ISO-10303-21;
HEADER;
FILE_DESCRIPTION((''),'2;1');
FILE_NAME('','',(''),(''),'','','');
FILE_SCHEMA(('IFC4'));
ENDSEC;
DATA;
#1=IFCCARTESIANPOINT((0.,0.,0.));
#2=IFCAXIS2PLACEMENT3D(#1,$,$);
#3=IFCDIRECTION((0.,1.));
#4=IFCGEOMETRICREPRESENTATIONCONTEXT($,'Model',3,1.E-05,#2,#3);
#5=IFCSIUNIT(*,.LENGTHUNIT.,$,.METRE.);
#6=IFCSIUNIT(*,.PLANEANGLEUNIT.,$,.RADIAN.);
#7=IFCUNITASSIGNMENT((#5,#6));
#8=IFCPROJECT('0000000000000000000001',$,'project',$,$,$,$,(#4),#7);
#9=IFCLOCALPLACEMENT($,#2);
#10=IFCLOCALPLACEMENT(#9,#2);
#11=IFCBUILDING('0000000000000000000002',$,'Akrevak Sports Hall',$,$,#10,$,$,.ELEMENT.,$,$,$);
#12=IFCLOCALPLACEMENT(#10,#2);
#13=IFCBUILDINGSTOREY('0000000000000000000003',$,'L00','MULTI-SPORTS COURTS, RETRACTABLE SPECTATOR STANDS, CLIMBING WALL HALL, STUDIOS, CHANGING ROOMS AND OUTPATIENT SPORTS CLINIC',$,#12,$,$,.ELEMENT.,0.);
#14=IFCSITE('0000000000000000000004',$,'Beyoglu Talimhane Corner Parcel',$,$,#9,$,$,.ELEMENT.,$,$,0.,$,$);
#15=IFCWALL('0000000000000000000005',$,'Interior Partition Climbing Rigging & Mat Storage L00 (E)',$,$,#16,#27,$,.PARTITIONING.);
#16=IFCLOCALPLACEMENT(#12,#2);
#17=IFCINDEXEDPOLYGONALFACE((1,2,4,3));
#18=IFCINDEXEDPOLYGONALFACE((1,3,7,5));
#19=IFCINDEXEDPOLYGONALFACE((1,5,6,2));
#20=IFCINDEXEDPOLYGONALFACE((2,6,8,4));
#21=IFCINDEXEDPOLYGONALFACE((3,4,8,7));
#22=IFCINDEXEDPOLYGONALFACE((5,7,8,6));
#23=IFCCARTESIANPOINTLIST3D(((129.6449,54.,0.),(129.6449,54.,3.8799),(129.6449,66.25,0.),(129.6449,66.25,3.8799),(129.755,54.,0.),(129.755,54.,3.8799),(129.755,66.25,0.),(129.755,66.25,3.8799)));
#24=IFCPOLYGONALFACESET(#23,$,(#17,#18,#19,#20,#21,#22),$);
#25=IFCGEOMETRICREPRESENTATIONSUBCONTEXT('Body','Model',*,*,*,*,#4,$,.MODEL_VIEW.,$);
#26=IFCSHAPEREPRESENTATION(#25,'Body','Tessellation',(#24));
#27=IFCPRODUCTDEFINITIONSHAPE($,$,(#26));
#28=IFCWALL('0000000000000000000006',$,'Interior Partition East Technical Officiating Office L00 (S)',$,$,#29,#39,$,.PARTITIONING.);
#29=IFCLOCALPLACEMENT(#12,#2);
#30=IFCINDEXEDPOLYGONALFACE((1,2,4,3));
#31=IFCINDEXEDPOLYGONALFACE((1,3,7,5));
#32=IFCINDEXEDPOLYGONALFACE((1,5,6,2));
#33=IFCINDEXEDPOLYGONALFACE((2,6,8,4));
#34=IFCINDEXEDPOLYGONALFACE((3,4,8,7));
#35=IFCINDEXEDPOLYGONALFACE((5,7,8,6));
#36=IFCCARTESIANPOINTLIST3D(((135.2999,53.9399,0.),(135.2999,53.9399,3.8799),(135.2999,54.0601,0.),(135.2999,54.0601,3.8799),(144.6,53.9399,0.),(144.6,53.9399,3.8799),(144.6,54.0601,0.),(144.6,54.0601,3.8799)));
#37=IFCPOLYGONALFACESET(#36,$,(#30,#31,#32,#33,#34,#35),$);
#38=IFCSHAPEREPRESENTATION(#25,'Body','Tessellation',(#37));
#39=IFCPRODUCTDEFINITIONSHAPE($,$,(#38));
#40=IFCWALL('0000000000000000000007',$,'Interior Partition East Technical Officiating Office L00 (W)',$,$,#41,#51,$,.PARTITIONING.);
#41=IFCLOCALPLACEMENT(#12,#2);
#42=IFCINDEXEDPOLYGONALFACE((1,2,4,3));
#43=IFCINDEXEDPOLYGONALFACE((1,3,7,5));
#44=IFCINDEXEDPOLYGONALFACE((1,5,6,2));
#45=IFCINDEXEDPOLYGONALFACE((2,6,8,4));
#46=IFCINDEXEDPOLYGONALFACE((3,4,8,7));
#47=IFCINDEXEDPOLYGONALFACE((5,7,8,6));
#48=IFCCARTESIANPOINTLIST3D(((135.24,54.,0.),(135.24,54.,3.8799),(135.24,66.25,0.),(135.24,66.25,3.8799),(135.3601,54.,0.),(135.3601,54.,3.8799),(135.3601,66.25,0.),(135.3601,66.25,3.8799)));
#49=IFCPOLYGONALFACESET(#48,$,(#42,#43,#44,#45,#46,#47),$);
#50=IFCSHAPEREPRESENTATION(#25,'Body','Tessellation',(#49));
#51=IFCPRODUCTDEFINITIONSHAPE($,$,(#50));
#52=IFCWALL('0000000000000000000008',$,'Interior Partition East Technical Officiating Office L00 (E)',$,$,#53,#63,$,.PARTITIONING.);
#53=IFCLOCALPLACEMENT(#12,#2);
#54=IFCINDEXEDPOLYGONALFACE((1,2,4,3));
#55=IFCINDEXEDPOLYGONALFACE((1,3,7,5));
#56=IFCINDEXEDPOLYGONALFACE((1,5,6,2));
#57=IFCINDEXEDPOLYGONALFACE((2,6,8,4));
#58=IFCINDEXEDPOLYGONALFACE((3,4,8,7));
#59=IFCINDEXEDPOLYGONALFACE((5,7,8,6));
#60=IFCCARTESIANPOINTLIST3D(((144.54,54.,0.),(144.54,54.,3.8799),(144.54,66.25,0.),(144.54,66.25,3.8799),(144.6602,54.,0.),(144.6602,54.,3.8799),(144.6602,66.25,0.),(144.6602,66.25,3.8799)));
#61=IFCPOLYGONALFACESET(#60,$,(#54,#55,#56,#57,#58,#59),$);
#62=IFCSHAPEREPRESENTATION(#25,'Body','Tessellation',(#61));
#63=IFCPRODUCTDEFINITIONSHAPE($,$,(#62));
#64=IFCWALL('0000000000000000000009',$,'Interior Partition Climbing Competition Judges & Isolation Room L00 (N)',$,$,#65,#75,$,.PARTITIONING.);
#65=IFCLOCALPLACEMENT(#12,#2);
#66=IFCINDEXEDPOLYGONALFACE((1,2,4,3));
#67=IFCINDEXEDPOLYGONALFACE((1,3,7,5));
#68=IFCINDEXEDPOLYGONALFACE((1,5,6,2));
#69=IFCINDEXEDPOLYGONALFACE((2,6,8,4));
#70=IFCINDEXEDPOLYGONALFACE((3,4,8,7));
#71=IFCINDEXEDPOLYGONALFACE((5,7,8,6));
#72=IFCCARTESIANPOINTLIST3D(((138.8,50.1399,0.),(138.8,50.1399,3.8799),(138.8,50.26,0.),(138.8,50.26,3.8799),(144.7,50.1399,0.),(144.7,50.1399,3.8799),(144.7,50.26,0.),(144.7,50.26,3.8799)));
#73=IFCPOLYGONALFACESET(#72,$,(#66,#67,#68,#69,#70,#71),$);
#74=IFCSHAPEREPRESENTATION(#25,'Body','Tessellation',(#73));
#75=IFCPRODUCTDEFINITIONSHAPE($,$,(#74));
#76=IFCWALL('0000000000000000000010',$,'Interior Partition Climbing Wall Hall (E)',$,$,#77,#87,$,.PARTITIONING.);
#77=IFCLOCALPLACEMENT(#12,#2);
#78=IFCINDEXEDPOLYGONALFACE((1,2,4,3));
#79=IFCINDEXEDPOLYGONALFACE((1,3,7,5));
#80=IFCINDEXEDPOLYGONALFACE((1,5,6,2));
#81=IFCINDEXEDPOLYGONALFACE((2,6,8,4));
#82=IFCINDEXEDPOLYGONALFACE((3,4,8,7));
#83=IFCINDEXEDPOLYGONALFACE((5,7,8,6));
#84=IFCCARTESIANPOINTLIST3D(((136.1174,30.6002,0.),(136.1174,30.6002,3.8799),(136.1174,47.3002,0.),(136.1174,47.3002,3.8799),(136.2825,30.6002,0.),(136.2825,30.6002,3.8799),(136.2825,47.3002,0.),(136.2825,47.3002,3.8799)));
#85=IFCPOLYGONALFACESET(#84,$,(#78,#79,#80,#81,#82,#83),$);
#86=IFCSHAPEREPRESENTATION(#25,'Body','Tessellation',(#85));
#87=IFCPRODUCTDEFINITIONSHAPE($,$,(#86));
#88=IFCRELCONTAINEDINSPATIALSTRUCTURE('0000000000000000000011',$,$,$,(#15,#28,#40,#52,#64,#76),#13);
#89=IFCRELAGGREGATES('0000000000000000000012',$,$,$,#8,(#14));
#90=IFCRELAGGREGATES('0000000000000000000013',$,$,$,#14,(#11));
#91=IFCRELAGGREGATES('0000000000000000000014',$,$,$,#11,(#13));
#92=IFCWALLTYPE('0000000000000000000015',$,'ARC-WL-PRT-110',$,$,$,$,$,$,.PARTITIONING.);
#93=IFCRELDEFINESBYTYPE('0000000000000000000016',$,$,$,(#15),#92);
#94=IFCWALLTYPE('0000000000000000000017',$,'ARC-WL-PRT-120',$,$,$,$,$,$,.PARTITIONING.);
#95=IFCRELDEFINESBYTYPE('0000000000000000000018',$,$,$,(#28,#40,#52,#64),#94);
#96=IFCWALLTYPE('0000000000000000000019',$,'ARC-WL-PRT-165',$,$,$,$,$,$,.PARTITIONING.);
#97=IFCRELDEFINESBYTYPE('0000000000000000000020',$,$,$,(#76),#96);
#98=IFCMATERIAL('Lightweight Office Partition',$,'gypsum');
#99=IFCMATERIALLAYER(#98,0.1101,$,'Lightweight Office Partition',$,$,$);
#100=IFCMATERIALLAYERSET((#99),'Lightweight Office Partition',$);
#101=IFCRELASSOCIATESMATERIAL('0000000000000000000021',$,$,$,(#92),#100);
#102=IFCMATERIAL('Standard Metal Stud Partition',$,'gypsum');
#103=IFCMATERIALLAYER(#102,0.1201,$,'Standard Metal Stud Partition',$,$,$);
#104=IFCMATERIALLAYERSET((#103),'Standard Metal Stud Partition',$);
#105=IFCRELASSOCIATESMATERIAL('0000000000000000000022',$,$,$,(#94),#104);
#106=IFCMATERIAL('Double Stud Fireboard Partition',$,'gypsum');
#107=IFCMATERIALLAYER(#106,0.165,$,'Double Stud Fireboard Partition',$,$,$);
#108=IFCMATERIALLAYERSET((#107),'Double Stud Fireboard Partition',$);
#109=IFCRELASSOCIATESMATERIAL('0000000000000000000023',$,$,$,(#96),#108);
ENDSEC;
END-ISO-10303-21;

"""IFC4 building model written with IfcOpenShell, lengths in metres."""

from ifc_helpers import new_model, si_unit, direction, frame, frame_2d, origin, place, context, subcontext, project, spatial, rectangle, extrude, material, layer, layer_set, type_object, element, save


model = new_model("IFC4")

# Units and contexts
model_context = context("Model", 3, precision=1e-05, world=origin(), true_north=direction((0.0, 1.0)))
body_context = subcontext(model_context, "Body", "Model", "MODEL_VIEW")
ifc_project = project(units=[si_unit("LENGTHUNIT", "METRE"), si_unit("PLANEANGLEUNIT", "RADIAN")], contexts=[model_context])

# Site, building, storey
site_placement = place(None, origin())
site = spatial("IfcSite", under=ifc_project, at=site_placement, Name="Beyoglu Talimhane Corner Parcel", CompositionType="ELEMENT", RefElevation=0.0)
building_placement = place(site_placement, origin())
building = spatial("IfcBuilding", under=site, at=building_placement, Name="Akrevak Sports Hall", CompositionType="ELEMENT")
storey_placement = place(building_placement, origin())
storey = spatial("IfcBuildingStorey", under=building, at=storey_placement, Name="L00", Description="MULTI-SPORTS COURTS, RETRACTABLE SPECTATOR STANDS, CLIMBING WALL HALL, STUDIOS, CHANGING ROOMS AND OUTPATIENT SPORTS CLINIC", CompositionType="ELEMENT", Elevation=0.0)

# Walls
ifc_material_1 = material(Name="Lightweight Office Partition", Category="gypsum")
ifc_layer_1 = layer(ifc_material_1, 0.1101, Name="Lightweight Office Partition")
ifc_layer_set_1 = layer_set([ifc_layer_1], Name="Lightweight Office Partition")
wall_type_1 = type_object("IfcWallType", Name="ARC-WL-PRT-110", PredefinedType="PARTITIONING", material=ifc_layer_set_1)
for number, where, z_axis, x_axis, name in (
    (1, (129.7, 54.0, 0.0), (0.0, 0.0, 1.0), (0.0, 1.0, 0.0), "Interior Partition Climbing Rigging & Mat Storage L00 (E)"),
):
    element("IfcWall", number, at=place(storey_placement, frame(where, z_axis=z_axis, x_axis=x_axis)), inside=storey, type_object=wall_type_1, Name=name, PredefinedType="PARTITIONING", context=body_context, shape_type="SweptSolid", body=[
        extrude(rectangle(XDim=12.25, YDim=0.1101, at=frame_2d((6.125, 0.0))), origin(), (0.0, 0.0, 1.0), 3.8799),
    ])
ifc_material_2 = material(Name="Standard Metal Stud Partition", Category="gypsum")
ifc_layer_2 = layer(ifc_material_2, 0.1201, Name="Standard Metal Stud Partition")
ifc_layer_set_2 = layer_set([ifc_layer_2], Name="Standard Metal Stud Partition")
wall_type_2 = type_object("IfcWallType", Name="ARC-WL-PRT-120", PredefinedType="PARTITIONING", material=ifc_layer_set_2)
wall_1_placement = place(storey_placement, frame((135.3, 54.0, 0.0), z_axis=(0.0, 0.0, 1.0), x_axis=(1.0, 0.0, 0.0)))
element("IfcWall", 2, at=wall_1_placement, inside=storey, type_object=wall_type_2, Name="Interior Partition East Technical Officiating Office L00 (S)", PredefinedType="PARTITIONING", context=body_context, shape_type="SweptSolid", body=[
    extrude(rectangle(XDim=9.3, YDim=0.1201, at=frame_2d((4.6499, 0.0))), origin(), (0.0, 0.0, 1.0), 3.8799),
])
for number, where, z_axis, x_axis, name in (
    (3, (135.3, 54.0, 0.0), (0.0, 0.0, 1.0), (0.0, 1.0, 0.0), "Interior Partition East Technical Officiating Office L00 (W)"),
    (4, (144.6001, 54.0, 0.0), (0.0, 0.0, 1.0), (0.0, 1.0, 0.0), "Interior Partition East Technical Officiating Office L00 (E)"),
):
    element("IfcWall", number, at=place(storey_placement, frame(where, z_axis=z_axis, x_axis=x_axis)), inside=storey, type_object=wall_type_2, Name=name, PredefinedType="PARTITIONING", context=body_context, shape_type="SweptSolid", body=[
        extrude(rectangle(XDim=12.25, YDim=0.1201, at=frame_2d((6.125, 0.0))), origin(), (0.0, 0.0, 1.0), 3.8799),
    ])
wall_2_placement = place(storey_placement, frame((138.8, 50.2, 0.0), z_axis=(0.0, 0.0, 1.0), x_axis=(1.0, 0.0, 0.0)))
element("IfcWall", 5, at=wall_2_placement, inside=storey, type_object=wall_type_2, Name="Interior Partition Climbing Competition Judges & Isolation Room L00 (N)", PredefinedType="PARTITIONING", context=body_context, shape_type="SweptSolid", body=[
    extrude(rectangle(XDim=5.8999, YDim=0.1201, at=frame_2d((2.95, 0.0))), origin(), (0.0, 0.0, 1.0), 3.8799),
])
ifc_material_3 = material(Name="Double Stud Fireboard Partition", Category="gypsum")
ifc_layer_3 = layer(ifc_material_3, 0.165, Name="Double Stud Fireboard Partition")
ifc_layer_set_3 = layer_set([ifc_layer_3], Name="Double Stud Fireboard Partition")
wall_type_3 = type_object("IfcWallType", Name="ARC-WL-PRT-165", PredefinedType="PARTITIONING", material=ifc_layer_set_3)
wall_3_placement = place(storey_placement, frame((136.2, 30.6001, 0.0), z_axis=(0.0, 0.0, 1.0), x_axis=(0.0, 1.0, 0.0)))
element("IfcWall", 6, at=wall_3_placement, inside=storey, type_object=wall_type_3, Name="Interior Partition Climbing Wall Hall (E)", PredefinedType="PARTITIONING", context=body_context, shape_type="SweptSolid", body=[
    extrude(rectangle(XDim=16.7, YDim=0.165, at=frame_2d((8.3501, 0.0))), origin(), (0.0, 0.0, 1.0), 3.8799),
])

save(model, "model.ifc")
